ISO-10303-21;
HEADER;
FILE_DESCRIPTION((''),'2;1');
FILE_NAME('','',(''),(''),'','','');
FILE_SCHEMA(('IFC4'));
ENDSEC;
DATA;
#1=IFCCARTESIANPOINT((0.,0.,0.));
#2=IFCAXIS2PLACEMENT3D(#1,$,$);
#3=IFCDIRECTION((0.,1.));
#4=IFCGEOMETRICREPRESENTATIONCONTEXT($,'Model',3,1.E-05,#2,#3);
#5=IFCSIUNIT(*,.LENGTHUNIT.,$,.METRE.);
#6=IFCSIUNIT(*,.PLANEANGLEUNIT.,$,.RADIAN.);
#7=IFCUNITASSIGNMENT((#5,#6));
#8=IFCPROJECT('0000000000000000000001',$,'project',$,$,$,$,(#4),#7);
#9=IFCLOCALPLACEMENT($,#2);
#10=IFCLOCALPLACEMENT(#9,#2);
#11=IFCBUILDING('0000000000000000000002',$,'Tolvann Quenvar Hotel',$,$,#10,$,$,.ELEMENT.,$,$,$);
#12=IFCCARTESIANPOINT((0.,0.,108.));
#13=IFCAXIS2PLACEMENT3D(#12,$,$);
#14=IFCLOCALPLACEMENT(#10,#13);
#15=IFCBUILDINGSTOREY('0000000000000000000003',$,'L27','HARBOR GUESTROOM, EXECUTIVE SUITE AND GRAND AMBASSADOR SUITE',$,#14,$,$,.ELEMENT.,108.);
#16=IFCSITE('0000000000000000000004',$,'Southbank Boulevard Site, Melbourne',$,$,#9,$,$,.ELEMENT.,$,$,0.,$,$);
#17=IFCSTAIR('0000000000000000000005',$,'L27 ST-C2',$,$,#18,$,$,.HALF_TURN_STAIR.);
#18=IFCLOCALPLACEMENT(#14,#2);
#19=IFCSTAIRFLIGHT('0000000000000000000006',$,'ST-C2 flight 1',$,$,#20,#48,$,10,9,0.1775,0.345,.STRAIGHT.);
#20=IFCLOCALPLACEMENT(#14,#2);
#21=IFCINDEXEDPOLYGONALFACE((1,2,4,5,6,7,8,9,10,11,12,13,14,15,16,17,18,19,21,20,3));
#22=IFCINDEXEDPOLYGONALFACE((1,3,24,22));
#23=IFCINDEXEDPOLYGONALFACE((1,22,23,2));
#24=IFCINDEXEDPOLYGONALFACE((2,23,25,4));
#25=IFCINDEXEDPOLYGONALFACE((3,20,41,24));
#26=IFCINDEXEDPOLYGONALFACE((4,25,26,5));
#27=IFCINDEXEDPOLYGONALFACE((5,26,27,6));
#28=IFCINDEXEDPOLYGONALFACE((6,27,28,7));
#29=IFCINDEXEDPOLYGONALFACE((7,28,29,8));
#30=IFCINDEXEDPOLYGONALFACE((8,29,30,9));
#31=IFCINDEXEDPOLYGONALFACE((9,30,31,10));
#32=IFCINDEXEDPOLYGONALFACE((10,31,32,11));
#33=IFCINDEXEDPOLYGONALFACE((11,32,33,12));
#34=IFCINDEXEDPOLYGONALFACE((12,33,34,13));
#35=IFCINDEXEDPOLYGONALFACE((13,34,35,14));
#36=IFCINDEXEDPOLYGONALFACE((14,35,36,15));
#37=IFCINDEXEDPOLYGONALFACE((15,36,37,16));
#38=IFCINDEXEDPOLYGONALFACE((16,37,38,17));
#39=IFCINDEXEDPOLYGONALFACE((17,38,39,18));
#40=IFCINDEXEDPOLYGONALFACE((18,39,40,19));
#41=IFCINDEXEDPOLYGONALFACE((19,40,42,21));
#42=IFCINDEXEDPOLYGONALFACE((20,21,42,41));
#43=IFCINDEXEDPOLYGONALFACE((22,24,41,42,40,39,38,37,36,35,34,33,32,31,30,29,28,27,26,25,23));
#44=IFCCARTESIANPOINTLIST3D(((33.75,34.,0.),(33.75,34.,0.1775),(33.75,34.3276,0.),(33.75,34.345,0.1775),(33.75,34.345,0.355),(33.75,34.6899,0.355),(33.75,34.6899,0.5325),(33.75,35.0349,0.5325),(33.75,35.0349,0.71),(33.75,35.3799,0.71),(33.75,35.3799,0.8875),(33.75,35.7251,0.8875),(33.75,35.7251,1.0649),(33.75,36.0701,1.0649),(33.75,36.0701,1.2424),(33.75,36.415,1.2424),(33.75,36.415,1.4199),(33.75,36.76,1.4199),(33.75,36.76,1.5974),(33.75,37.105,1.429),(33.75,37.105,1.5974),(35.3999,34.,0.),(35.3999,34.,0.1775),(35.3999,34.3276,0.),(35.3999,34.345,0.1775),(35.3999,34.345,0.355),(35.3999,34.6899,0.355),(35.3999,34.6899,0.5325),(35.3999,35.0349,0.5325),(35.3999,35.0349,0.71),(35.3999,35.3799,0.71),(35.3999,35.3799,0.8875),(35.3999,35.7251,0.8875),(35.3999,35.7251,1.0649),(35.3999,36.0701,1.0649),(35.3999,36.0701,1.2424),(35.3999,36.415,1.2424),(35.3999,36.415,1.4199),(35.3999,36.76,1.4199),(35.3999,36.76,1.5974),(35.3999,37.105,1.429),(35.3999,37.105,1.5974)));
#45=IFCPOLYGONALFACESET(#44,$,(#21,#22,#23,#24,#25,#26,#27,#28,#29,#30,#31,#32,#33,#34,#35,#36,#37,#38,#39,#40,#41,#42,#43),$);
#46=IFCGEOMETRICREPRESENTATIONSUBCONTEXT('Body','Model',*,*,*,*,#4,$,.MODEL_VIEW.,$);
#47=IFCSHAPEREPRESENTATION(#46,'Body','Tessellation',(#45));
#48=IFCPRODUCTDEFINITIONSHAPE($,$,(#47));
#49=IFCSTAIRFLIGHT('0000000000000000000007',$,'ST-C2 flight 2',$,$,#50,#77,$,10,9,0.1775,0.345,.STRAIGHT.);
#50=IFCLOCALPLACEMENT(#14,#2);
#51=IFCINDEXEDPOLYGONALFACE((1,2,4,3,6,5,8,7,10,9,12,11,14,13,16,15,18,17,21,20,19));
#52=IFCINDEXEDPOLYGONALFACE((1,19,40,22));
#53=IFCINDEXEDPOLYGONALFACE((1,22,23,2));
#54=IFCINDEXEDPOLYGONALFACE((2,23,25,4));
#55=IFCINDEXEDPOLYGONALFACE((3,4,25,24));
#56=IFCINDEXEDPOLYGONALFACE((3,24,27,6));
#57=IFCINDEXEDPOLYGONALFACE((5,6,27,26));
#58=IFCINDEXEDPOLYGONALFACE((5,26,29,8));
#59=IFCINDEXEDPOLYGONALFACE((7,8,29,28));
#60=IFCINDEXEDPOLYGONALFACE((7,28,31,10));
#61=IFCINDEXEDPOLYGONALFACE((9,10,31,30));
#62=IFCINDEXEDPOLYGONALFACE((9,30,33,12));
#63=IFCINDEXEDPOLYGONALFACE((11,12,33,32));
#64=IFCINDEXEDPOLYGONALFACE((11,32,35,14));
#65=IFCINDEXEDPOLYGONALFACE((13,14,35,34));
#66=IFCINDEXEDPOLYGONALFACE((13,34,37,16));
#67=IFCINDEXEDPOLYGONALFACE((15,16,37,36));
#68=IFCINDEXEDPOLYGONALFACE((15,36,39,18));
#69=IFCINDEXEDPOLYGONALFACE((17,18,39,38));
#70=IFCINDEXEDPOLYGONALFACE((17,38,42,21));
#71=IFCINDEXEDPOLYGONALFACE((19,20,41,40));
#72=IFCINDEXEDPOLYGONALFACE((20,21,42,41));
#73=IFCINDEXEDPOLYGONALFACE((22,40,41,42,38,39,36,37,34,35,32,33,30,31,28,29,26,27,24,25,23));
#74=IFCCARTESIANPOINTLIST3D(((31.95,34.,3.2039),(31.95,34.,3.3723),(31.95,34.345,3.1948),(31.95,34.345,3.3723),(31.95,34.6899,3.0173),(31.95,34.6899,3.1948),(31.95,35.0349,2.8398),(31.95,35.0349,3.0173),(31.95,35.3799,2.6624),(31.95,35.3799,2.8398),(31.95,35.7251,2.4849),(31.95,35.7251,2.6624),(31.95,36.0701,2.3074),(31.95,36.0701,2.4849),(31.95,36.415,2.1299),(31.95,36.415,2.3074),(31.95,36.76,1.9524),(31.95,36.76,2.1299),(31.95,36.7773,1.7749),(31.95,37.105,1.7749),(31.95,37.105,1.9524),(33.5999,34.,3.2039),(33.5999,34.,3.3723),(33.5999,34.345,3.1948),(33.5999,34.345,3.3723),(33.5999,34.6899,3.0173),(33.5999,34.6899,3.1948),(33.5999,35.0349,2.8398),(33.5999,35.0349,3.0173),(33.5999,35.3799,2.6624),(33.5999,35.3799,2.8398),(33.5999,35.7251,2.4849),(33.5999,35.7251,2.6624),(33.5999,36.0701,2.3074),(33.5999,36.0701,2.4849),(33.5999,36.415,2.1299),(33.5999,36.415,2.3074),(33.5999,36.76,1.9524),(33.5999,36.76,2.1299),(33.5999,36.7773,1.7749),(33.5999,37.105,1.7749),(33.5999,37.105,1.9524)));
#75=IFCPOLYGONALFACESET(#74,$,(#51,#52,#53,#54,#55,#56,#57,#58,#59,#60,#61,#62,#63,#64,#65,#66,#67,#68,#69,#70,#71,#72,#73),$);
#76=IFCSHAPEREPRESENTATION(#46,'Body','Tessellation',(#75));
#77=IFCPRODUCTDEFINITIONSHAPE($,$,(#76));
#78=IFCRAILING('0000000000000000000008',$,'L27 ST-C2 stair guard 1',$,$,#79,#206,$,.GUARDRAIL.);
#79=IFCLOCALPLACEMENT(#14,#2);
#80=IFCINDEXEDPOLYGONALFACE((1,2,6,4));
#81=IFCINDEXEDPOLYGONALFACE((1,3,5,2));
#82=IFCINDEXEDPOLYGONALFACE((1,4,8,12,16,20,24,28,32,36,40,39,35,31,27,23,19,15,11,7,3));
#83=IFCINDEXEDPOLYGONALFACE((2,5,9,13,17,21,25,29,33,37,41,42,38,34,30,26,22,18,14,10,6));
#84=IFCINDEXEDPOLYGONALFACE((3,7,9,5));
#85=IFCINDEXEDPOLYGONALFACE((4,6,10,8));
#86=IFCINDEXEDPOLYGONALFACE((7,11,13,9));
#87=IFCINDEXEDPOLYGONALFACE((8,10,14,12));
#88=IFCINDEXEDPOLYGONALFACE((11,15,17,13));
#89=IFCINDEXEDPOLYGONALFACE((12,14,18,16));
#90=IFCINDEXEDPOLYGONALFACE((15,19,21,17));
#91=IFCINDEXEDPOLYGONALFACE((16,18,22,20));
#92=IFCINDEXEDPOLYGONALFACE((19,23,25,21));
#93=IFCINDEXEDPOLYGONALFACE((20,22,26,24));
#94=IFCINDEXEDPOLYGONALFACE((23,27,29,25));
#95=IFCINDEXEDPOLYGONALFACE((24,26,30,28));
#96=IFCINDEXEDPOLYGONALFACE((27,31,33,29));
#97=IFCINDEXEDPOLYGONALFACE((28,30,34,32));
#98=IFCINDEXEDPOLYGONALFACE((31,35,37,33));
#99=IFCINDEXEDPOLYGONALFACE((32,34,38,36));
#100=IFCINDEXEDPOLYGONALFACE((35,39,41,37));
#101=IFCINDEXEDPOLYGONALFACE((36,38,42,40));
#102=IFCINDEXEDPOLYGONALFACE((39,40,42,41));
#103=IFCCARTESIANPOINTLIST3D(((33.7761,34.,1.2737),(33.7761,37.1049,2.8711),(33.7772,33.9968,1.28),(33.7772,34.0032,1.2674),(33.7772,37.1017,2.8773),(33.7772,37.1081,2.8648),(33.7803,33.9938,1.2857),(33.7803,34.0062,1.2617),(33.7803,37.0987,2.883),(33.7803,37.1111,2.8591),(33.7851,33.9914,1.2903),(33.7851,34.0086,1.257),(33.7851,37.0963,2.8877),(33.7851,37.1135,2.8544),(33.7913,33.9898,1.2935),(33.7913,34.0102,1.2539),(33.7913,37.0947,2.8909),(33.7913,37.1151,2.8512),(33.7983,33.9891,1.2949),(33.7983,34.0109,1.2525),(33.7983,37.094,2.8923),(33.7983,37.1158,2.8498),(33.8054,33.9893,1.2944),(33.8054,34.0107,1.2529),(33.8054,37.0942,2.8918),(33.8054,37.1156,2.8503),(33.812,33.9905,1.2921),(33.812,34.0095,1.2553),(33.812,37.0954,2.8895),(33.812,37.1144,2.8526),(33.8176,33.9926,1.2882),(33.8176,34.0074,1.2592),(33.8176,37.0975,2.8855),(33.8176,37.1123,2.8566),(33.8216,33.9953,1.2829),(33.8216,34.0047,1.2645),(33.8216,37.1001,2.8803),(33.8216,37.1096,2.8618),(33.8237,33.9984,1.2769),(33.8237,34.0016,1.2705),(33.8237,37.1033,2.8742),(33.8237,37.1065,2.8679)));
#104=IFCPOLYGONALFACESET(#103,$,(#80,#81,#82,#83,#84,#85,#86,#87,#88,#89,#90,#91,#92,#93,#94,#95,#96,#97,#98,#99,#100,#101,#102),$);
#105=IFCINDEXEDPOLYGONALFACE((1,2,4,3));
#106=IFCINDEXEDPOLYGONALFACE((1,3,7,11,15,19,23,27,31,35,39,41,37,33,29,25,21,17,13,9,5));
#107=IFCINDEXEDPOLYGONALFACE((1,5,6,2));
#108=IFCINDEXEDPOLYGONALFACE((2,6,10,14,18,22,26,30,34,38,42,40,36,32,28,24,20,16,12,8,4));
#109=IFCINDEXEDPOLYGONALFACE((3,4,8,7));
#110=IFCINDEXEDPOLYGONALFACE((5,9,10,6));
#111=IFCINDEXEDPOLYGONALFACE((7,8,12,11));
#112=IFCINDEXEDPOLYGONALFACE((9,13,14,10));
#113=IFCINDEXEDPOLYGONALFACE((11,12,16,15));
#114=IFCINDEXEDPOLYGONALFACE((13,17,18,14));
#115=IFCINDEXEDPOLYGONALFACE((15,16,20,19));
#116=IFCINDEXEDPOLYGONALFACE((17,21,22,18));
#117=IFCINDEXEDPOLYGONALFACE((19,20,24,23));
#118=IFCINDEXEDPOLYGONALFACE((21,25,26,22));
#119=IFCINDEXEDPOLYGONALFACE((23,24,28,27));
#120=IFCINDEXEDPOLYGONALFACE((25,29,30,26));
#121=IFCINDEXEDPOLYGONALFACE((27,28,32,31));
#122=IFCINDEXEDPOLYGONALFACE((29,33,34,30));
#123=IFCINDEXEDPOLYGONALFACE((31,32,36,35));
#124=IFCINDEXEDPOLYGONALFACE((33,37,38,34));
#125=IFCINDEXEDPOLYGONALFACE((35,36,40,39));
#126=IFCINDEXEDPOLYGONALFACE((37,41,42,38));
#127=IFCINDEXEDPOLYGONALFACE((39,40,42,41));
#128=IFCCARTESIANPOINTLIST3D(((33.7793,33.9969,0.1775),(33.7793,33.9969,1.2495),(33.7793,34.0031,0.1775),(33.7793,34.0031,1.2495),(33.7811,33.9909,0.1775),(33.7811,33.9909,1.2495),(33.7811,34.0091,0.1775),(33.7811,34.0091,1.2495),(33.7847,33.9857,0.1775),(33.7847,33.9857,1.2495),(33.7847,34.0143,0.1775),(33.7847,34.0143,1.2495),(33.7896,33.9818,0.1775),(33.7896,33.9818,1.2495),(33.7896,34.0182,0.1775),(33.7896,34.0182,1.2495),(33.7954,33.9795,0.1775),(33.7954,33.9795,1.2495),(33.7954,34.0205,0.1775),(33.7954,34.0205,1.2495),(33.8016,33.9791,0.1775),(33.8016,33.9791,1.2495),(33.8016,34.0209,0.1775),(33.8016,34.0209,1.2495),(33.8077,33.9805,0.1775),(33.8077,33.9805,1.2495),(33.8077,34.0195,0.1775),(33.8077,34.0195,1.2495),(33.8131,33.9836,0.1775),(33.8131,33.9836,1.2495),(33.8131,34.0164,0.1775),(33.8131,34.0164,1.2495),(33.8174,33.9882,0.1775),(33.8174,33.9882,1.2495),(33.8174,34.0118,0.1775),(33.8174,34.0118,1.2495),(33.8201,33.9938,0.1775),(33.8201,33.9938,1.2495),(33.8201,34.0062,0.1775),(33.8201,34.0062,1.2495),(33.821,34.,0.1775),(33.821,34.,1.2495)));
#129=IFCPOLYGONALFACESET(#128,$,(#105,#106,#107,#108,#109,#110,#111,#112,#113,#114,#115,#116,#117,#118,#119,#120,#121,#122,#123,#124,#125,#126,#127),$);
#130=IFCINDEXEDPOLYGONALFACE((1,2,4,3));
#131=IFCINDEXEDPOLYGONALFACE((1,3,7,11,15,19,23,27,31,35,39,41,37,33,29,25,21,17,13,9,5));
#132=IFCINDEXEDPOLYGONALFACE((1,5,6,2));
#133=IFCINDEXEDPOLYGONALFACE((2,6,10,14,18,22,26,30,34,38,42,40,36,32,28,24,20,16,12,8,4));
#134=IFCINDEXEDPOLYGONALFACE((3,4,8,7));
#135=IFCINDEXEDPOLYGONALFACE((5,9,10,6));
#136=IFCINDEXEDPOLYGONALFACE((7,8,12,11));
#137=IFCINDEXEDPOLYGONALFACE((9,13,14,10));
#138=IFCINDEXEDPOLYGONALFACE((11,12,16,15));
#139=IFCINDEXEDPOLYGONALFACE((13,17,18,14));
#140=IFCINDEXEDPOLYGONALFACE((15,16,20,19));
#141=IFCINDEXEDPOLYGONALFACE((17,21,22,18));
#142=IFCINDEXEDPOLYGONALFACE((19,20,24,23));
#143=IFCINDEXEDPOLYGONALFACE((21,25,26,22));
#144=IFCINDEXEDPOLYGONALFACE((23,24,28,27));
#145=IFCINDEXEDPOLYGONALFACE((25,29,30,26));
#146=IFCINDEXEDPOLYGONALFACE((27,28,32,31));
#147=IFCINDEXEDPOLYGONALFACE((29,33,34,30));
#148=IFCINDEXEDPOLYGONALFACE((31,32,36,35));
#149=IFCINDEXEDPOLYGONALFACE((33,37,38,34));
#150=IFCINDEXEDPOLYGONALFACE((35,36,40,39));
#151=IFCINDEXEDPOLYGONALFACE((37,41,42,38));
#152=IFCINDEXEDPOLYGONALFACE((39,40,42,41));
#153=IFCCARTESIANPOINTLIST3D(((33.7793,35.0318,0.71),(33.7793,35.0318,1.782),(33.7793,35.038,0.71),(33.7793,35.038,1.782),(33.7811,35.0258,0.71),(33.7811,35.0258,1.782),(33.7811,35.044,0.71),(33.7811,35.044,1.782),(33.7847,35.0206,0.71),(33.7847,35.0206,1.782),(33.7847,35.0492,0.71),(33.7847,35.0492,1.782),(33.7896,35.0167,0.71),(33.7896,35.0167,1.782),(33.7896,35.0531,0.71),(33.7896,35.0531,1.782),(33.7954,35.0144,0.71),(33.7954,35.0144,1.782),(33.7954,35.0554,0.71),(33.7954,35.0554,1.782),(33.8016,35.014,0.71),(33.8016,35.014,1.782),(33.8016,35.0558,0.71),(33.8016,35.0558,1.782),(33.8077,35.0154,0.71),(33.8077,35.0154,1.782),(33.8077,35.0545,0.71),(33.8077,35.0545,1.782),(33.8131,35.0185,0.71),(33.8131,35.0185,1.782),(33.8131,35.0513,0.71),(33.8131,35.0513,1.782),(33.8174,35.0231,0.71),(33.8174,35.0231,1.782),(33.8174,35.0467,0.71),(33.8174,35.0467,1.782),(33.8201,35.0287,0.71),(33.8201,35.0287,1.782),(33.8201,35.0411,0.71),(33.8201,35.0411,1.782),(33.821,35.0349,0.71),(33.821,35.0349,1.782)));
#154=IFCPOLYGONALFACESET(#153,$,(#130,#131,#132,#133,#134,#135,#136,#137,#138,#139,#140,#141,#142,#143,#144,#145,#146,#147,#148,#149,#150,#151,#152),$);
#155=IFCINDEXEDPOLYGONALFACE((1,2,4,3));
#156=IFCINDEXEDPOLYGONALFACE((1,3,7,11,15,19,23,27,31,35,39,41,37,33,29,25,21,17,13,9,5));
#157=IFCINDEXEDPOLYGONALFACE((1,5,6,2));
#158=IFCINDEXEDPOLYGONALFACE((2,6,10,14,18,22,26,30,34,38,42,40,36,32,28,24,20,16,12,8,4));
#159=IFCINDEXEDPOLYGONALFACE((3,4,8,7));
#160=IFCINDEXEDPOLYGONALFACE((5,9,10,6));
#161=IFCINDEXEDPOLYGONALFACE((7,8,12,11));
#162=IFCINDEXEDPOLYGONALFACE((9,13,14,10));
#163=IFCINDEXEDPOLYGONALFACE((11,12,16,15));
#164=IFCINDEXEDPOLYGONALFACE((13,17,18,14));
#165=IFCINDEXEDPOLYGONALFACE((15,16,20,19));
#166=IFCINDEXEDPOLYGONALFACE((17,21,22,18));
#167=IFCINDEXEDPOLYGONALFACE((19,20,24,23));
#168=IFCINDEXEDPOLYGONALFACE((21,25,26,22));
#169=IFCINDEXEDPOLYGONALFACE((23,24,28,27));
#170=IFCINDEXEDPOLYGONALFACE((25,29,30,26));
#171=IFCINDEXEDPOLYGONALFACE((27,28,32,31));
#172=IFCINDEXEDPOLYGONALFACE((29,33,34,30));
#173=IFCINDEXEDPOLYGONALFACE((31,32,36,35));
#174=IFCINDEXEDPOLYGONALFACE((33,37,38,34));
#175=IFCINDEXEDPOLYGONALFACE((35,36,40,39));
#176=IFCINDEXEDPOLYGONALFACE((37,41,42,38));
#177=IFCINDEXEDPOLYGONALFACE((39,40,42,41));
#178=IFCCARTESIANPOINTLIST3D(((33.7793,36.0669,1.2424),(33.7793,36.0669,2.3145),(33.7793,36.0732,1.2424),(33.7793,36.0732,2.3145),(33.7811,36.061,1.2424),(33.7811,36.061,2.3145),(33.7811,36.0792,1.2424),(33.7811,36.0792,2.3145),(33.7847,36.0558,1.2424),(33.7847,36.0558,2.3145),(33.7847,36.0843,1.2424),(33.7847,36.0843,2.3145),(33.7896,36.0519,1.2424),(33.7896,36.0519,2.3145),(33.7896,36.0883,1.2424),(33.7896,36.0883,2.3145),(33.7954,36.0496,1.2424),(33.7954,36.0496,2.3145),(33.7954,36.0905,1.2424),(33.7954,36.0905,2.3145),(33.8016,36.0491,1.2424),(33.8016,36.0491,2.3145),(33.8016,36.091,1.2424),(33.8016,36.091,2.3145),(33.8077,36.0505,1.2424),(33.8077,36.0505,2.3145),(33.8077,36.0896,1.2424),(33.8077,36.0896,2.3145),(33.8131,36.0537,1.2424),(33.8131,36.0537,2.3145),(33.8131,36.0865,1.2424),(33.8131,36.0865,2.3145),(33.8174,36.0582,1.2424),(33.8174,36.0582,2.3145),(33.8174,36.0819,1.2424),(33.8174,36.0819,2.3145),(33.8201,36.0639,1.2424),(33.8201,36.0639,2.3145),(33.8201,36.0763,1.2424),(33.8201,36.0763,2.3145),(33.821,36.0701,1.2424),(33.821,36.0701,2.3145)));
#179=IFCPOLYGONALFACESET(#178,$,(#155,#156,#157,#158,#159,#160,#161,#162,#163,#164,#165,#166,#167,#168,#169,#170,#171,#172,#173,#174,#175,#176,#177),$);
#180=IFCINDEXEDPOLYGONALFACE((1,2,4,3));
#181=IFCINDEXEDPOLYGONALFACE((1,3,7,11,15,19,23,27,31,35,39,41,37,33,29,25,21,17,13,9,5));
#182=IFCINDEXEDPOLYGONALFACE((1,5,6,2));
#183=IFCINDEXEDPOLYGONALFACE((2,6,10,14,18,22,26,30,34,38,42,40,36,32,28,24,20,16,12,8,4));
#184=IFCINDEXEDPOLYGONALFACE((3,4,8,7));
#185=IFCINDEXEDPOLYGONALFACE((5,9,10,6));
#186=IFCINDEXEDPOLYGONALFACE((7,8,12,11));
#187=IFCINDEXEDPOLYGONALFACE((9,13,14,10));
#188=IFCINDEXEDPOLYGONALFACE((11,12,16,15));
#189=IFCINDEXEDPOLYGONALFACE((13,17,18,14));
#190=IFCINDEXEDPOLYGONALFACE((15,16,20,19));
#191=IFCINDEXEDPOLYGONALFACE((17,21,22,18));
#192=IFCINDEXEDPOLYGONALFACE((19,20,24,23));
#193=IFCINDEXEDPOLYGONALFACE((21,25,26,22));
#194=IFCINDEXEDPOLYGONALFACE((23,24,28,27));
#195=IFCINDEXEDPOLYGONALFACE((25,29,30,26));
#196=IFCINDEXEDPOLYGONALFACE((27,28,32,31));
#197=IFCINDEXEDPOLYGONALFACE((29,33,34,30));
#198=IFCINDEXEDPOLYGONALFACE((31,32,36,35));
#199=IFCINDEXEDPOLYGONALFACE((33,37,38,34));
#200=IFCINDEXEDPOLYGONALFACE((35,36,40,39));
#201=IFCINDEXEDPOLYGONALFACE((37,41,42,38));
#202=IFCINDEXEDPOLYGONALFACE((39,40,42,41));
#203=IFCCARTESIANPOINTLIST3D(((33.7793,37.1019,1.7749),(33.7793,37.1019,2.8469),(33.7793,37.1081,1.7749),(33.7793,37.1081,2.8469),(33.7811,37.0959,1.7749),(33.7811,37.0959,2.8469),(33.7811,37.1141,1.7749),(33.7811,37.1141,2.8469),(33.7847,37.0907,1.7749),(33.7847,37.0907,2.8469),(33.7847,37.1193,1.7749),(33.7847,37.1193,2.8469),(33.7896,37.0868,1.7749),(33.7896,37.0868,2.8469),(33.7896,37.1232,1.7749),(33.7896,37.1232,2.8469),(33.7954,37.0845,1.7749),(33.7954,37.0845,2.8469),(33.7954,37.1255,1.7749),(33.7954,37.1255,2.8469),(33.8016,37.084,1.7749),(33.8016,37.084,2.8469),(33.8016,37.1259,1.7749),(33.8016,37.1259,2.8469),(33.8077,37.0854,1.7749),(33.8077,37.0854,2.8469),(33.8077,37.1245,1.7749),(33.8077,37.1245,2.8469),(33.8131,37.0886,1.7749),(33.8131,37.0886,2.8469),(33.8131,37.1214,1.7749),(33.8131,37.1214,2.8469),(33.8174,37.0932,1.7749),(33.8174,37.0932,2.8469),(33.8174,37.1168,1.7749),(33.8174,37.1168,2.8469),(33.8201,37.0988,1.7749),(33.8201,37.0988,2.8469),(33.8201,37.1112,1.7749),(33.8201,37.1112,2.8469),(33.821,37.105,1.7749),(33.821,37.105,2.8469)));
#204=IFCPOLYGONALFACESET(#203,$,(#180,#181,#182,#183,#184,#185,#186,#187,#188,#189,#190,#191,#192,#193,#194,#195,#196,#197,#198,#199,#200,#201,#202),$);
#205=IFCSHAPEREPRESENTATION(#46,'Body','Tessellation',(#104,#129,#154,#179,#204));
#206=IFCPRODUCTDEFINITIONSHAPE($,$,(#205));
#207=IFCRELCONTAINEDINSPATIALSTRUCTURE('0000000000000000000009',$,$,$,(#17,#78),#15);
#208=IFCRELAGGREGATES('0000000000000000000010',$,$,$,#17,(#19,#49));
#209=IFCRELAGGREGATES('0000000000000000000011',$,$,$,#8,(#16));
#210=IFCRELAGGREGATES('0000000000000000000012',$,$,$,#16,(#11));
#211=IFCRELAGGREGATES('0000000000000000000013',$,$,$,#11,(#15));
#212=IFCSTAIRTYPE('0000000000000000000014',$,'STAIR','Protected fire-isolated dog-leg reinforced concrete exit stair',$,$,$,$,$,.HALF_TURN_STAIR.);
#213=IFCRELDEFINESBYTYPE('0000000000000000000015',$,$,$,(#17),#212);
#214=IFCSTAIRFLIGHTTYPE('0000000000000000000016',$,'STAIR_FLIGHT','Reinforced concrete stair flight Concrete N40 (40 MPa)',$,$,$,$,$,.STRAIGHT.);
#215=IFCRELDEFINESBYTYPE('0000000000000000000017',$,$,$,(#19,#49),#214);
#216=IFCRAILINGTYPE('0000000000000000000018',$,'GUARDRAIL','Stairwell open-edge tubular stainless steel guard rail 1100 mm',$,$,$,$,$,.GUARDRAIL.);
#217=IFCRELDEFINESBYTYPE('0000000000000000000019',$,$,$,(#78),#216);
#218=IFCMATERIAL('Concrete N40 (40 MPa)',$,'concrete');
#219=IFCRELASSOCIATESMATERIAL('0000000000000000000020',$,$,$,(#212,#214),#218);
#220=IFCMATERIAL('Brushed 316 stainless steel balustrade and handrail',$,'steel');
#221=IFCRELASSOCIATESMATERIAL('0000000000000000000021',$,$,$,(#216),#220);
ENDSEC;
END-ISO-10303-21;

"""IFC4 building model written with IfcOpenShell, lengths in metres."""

from ifc_helpers import new_model, si_unit, direction, frame, origin, origin_2d, place, context, subcontext, project, spatial, polyline, circle, outline, extrude, material, type_object, element, aggregate, save


model = new_model("IFC4")

# Units and contexts
model_context = context("Model", 3, precision=1e-05, world=origin(), true_north=direction((0.0, 1.0)))
body_context = subcontext(model_context, "Body", "Model", "MODEL_VIEW")
ifc_project = project(units=[si_unit("LENGTHUNIT", "METRE"), si_unit("PLANEANGLEUNIT", "RADIAN")], contexts=[model_context])

# Site, building, storey
site_placement = place(None, origin())
site = spatial("IfcSite", under=ifc_project, at=site_placement, Name="Southbank Boulevard Site, Melbourne", CompositionType="ELEMENT", RefElevation=0.0)
building_placement = place(site_placement, origin())
building = spatial("IfcBuilding", under=site, at=building_placement, Name="Tolvann Quenvar Hotel", CompositionType="ELEMENT")
storey_placement = place(building_placement, frame((0.0, 0.0, 108.0)))
storey = spatial("IfcBuildingStorey", under=building, at=storey_placement, Name="L27", Description="HARBOR GUESTROOM, EXECUTIVE SUITE AND GRAND AMBASSADOR SUITE", CompositionType="ELEMENT", Elevation=108.0)

# Shared definitions
ifc_material_1 = material(Name="Concrete N40 (40 MPa)", Category="concrete")

# Stair, stair flights
stair_type = type_object("IfcStairType", Name="STAIR", Description="Protected fire-isolated dog-leg reinforced concrete exit stair", PredefinedType="HALF_TURN_STAIR", material=ifc_material_1)
stair_placement = place(storey_placement, origin())
stair = element("IfcStair", 1, at=stair_placement, inside=storey, type_object=stair_type, Name="L27 ST-C2", PredefinedType="HALF_TURN_STAIR")
stair_flight_type = type_object("IfcStairFlightType", Name="STAIR_FLIGHT", Description="Reinforced concrete stair flight Concrete N40 (40 MPa)", PredefinedType="STRAIGHT", material=ifc_material_1)
stair_flight_1_placement = place(storey_placement, frame((34.575, 34.0, 0.0), z_axis=(0.0, 0.0, 1.0), x_axis=(0.0, 1.0, 0.0)))
stair_flight_1 = element("IfcStairFlight", 2, at=stair_flight_1_placement, type_object=stair_flight_type, Name="ST-C2 flight 1", NumberOfRisers=10, NumberOfTreads=9, PredefinedType="STRAIGHT", RiserHeight=0.1775, TreadLength=0.345, context=body_context, shape_type="SweptSolid", body=[
    extrude(outline(polyline([(0.0, 0.0), (0.0, 0.1775), (0.345, 0.1775), (0.345, 0.355), (0.6899, 0.355), (0.6899, 0.5325), (1.0349, 0.5325), (1.0349, 0.71), (1.3799, 0.71), (1.3799, 0.8875), (1.7251, 0.8875), (1.7251, 1.0649), (2.0701, 1.0649), (2.0701, 1.2424), (2.415, 1.2424), (2.415, 1.4199), (2.76, 1.4199), (2.76, 1.5974), (3.105, 1.5974), (3.105, 1.7749), (3.105, 1.429), (0.3276, 0.0), (0.0, 0.0)])), frame((0.0, 0.825, 0.0), z_axis=(0.0, -1.0, 0.0), x_axis=(1.0, 0.0, 0.0)), (0.0, 0.0, 1.0), 1.6499),
])
stair_flight_2_placement = place(storey_placement, frame((32.7749, 37.105, 1.7749), z_axis=(0.0, 0.0, 1.0), x_axis=(0.0, -1.0, 0.0)))
stair_flight_2 = element("IfcStairFlight", 3, at=stair_flight_2_placement, type_object=stair_flight_type, Name="ST-C2 flight 2", NumberOfRisers=10, NumberOfTreads=9, PredefinedType="STRAIGHT", RiserHeight=0.1775, TreadLength=0.345, context=body_context, shape_type="SweptSolid", body=[
    extrude(outline(polyline([(0.0, 0.0), (0.0, 0.1775), (0.345, 0.1775), (0.345, 0.355), (0.6899, 0.355), (0.6899, 0.5325), (1.0349, 0.5325), (1.0349, 0.71), (1.3799, 0.71), (1.3799, 0.8875), (1.7251, 0.8875), (1.7251, 1.0649), (2.0701, 1.0649), (2.0701, 1.2424), (2.415, 1.2424), (2.415, 1.4199), (2.76, 1.4199), (2.76, 1.5974), (3.105, 1.5974), (3.105, 1.7749), (3.105, 1.429), (0.3276, 0.0), (0.0, 0.0)])), frame((0.0, 0.825, 0.0), z_axis=(0.0, -1.0, 0.0), x_axis=(1.0, 0.0, 0.0)), (0.0, 0.0, 1.0), 1.6499),
])
aggregate(stair, [stair_flight_1, stair_flight_2])

# Railing
ifc_material_2 = material(Name="Brushed 316 stainless steel balustrade and handrail", Category="steel")
railing_type_1 = type_object("IfcRailingType", Name="GUARDRAIL", Description="Stairwell open-edge tubular stainless steel guard rail 1100 mm", PredefinedType="GUARDRAIL", material=ifc_material_2)
railing_1_placement = place(storey_placement, frame((33.8, 34.0, 0.1775)))
element("IfcRailing", 4, at=railing_1_placement, inside=storey, type_object=railing_type_1, Name="L27 ST-C2 stair guard 1", PredefinedType="GUARDRAIL", context=body_context, shape_type="SweptSolid", body=[
    extrude(circle(Radius=0.0239, at=origin_2d()), frame((0.0, 0.0, 1.0962), z_axis=(0.0, 0.889222, 0.457476), x_axis=(-1.0, 0.0, 0.0)), (0.0, 0.0, 1.0), 3.4917),
    extrude(circle(Radius=0.021, at=origin_2d()), origin(), (0.0, 0.0, 1.0), 1.072),
    extrude(circle(Radius=0.021, at=origin_2d()), frame((0.0, 1.0349, 0.5325)), (0.0, 0.0, 1.0), 1.072),
    extrude(circle(Radius=0.021, at=origin_2d()), frame((0.0, 2.0701, 1.0649)), (0.0, 0.0, 1.0), 1.072),
    extrude(circle(Radius=0.021, at=origin_2d()), frame((0.0, 3.105, 1.5974)), (0.0, 0.0, 1.0), 1.072),
])

save(model, "model.ifc")
